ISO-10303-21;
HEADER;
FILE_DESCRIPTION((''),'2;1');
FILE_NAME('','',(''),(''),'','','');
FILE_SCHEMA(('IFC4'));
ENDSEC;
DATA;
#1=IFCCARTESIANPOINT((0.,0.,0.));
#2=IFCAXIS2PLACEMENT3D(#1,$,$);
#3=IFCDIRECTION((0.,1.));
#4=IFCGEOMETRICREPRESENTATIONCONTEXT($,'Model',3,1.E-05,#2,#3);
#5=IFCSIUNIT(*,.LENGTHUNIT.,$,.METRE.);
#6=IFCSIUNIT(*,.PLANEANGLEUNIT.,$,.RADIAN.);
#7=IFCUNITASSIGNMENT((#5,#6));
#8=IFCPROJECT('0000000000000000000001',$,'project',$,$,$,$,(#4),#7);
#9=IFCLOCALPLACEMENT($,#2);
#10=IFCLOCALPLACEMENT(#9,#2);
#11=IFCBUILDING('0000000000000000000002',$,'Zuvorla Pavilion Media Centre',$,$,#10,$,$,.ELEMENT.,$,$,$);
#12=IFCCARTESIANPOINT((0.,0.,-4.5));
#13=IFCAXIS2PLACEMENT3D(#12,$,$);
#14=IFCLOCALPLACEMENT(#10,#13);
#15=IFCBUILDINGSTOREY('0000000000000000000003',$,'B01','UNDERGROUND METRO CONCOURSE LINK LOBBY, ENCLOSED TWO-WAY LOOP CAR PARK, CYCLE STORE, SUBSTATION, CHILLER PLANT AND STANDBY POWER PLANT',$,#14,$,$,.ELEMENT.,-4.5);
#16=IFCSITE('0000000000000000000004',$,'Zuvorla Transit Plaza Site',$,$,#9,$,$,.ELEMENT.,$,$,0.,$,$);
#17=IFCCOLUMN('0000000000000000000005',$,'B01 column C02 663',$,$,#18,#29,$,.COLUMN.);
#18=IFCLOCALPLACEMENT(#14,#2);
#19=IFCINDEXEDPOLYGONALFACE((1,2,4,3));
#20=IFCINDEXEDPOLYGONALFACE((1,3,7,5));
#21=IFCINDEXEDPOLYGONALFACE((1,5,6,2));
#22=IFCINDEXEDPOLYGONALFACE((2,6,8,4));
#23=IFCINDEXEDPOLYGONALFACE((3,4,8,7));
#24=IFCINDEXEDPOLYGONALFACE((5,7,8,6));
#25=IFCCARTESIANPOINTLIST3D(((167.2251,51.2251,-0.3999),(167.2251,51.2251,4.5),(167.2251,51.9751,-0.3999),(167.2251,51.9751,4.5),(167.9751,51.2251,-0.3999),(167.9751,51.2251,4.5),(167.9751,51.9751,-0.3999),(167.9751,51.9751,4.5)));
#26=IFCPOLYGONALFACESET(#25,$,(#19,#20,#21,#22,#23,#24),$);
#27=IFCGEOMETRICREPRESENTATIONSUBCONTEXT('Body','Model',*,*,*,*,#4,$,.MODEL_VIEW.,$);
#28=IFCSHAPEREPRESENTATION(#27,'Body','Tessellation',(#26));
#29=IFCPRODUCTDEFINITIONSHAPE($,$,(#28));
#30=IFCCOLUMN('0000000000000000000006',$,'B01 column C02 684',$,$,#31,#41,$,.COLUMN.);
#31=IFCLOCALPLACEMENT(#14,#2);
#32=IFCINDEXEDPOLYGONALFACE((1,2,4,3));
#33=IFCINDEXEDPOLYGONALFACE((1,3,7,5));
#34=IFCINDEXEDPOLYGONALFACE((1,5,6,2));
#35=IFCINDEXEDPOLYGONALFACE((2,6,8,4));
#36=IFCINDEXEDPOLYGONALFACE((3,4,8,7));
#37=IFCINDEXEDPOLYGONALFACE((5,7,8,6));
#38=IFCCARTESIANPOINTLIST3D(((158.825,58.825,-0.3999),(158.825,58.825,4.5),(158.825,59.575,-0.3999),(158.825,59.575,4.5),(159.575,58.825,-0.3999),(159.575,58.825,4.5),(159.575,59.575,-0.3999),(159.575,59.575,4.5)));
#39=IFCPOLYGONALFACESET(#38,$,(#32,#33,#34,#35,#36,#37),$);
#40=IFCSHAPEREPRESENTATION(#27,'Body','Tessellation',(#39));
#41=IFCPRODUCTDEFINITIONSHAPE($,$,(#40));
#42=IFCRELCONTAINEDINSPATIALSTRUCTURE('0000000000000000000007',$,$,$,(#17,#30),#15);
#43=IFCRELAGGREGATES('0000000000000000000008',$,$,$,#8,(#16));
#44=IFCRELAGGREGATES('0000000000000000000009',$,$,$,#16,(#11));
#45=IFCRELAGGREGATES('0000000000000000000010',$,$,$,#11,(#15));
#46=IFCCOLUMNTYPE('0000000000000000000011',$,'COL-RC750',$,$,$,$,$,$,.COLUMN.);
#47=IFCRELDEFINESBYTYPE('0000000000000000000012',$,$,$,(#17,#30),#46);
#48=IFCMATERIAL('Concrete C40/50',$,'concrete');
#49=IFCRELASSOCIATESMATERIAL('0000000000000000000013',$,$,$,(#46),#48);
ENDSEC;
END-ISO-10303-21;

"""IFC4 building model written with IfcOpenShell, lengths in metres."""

from ifc_helpers import new_model, si_unit, direction, frame, origin, origin_2d, place, context, subcontext, project, spatial, rectangle, extrude, material, material_profile, profile_set, type_object, element, save


model = new_model("IFC4")

# Units and contexts
model_context = context("Model", 3, precision=1e-05, world=origin(), true_north=direction((0.0, 1.0)))
body_context = subcontext(model_context, "Body", "Model", "MODEL_VIEW")
ifc_project = project(units=[si_unit("LENGTHUNIT", "METRE"), si_unit("PLANEANGLEUNIT", "RADIAN")], contexts=[model_context])

# Site, building, storey
site_placement = place(None, origin())
site = spatial("IfcSite", under=ifc_project, at=site_placement, Name="Zuvorla Transit Plaza Site", CompositionType="ELEMENT", RefElevation=0.0)
building_placement = place(site_placement, origin())
building = spatial("IfcBuilding", under=site, at=building_placement, Name="Zuvorla Pavilion Media Centre", CompositionType="ELEMENT")
storey_placement = place(building_placement, frame((0.0, 0.0, -4.5)))
storey = spatial("IfcBuildingStorey", under=building, at=storey_placement, Name="B01", Description="UNDERGROUND METRO CONCOURSE LINK LOBBY, ENCLOSED TWO-WAY LOOP CAR PARK, CYCLE STORE, SUBSTATION, CHILLER PLANT AND STANDBY POWER PLANT", CompositionType="ELEMENT", Elevation=-4.5)

# Shared definitions
ifc_material = material(Name="Concrete C40/50", Category="concrete")

# Columns
ifc_material_profile_1 = material_profile(ifc_material, rectangle(XDim=0.75, YDim=0.75, at=origin_2d()), Name="RC 750x750")
ifc_profile_set_1 = profile_set([ifc_material_profile_1], Name="Concrete C40/50")
column_type = type_object("IfcColumnType", Name="COL-RC750", PredefinedType="COLUMN", material=ifc_profile_set_1)
for number, where, z_axis, x_axis, name in (
    (1, (167.6001, 51.6001, -0.3999), (0.0, 0.0, 1.0), (1.0, 0.0, 0.0), "B01 column C02 663"),
    (2, (159.2, 59.2, -0.3999), (0.0, 0.0, 1.0), (1.0, 0.0, 0.0), "B01 column C02 684"),
):
    element("IfcColumn", number, at=place(storey_placement, frame(where, z_axis=z_axis, x_axis=x_axis)), inside=storey, type_object=column_type, Name=name, PredefinedType="COLUMN", context=body_context, shape_type="SweptSolid", body=[
        extrude(rectangle(XDim=0.75, YDim=0.75, at=origin_2d()), origin(), (0.0, 0.0, 1.0), 4.8999),
    ])

save(model, "model.ifc")
